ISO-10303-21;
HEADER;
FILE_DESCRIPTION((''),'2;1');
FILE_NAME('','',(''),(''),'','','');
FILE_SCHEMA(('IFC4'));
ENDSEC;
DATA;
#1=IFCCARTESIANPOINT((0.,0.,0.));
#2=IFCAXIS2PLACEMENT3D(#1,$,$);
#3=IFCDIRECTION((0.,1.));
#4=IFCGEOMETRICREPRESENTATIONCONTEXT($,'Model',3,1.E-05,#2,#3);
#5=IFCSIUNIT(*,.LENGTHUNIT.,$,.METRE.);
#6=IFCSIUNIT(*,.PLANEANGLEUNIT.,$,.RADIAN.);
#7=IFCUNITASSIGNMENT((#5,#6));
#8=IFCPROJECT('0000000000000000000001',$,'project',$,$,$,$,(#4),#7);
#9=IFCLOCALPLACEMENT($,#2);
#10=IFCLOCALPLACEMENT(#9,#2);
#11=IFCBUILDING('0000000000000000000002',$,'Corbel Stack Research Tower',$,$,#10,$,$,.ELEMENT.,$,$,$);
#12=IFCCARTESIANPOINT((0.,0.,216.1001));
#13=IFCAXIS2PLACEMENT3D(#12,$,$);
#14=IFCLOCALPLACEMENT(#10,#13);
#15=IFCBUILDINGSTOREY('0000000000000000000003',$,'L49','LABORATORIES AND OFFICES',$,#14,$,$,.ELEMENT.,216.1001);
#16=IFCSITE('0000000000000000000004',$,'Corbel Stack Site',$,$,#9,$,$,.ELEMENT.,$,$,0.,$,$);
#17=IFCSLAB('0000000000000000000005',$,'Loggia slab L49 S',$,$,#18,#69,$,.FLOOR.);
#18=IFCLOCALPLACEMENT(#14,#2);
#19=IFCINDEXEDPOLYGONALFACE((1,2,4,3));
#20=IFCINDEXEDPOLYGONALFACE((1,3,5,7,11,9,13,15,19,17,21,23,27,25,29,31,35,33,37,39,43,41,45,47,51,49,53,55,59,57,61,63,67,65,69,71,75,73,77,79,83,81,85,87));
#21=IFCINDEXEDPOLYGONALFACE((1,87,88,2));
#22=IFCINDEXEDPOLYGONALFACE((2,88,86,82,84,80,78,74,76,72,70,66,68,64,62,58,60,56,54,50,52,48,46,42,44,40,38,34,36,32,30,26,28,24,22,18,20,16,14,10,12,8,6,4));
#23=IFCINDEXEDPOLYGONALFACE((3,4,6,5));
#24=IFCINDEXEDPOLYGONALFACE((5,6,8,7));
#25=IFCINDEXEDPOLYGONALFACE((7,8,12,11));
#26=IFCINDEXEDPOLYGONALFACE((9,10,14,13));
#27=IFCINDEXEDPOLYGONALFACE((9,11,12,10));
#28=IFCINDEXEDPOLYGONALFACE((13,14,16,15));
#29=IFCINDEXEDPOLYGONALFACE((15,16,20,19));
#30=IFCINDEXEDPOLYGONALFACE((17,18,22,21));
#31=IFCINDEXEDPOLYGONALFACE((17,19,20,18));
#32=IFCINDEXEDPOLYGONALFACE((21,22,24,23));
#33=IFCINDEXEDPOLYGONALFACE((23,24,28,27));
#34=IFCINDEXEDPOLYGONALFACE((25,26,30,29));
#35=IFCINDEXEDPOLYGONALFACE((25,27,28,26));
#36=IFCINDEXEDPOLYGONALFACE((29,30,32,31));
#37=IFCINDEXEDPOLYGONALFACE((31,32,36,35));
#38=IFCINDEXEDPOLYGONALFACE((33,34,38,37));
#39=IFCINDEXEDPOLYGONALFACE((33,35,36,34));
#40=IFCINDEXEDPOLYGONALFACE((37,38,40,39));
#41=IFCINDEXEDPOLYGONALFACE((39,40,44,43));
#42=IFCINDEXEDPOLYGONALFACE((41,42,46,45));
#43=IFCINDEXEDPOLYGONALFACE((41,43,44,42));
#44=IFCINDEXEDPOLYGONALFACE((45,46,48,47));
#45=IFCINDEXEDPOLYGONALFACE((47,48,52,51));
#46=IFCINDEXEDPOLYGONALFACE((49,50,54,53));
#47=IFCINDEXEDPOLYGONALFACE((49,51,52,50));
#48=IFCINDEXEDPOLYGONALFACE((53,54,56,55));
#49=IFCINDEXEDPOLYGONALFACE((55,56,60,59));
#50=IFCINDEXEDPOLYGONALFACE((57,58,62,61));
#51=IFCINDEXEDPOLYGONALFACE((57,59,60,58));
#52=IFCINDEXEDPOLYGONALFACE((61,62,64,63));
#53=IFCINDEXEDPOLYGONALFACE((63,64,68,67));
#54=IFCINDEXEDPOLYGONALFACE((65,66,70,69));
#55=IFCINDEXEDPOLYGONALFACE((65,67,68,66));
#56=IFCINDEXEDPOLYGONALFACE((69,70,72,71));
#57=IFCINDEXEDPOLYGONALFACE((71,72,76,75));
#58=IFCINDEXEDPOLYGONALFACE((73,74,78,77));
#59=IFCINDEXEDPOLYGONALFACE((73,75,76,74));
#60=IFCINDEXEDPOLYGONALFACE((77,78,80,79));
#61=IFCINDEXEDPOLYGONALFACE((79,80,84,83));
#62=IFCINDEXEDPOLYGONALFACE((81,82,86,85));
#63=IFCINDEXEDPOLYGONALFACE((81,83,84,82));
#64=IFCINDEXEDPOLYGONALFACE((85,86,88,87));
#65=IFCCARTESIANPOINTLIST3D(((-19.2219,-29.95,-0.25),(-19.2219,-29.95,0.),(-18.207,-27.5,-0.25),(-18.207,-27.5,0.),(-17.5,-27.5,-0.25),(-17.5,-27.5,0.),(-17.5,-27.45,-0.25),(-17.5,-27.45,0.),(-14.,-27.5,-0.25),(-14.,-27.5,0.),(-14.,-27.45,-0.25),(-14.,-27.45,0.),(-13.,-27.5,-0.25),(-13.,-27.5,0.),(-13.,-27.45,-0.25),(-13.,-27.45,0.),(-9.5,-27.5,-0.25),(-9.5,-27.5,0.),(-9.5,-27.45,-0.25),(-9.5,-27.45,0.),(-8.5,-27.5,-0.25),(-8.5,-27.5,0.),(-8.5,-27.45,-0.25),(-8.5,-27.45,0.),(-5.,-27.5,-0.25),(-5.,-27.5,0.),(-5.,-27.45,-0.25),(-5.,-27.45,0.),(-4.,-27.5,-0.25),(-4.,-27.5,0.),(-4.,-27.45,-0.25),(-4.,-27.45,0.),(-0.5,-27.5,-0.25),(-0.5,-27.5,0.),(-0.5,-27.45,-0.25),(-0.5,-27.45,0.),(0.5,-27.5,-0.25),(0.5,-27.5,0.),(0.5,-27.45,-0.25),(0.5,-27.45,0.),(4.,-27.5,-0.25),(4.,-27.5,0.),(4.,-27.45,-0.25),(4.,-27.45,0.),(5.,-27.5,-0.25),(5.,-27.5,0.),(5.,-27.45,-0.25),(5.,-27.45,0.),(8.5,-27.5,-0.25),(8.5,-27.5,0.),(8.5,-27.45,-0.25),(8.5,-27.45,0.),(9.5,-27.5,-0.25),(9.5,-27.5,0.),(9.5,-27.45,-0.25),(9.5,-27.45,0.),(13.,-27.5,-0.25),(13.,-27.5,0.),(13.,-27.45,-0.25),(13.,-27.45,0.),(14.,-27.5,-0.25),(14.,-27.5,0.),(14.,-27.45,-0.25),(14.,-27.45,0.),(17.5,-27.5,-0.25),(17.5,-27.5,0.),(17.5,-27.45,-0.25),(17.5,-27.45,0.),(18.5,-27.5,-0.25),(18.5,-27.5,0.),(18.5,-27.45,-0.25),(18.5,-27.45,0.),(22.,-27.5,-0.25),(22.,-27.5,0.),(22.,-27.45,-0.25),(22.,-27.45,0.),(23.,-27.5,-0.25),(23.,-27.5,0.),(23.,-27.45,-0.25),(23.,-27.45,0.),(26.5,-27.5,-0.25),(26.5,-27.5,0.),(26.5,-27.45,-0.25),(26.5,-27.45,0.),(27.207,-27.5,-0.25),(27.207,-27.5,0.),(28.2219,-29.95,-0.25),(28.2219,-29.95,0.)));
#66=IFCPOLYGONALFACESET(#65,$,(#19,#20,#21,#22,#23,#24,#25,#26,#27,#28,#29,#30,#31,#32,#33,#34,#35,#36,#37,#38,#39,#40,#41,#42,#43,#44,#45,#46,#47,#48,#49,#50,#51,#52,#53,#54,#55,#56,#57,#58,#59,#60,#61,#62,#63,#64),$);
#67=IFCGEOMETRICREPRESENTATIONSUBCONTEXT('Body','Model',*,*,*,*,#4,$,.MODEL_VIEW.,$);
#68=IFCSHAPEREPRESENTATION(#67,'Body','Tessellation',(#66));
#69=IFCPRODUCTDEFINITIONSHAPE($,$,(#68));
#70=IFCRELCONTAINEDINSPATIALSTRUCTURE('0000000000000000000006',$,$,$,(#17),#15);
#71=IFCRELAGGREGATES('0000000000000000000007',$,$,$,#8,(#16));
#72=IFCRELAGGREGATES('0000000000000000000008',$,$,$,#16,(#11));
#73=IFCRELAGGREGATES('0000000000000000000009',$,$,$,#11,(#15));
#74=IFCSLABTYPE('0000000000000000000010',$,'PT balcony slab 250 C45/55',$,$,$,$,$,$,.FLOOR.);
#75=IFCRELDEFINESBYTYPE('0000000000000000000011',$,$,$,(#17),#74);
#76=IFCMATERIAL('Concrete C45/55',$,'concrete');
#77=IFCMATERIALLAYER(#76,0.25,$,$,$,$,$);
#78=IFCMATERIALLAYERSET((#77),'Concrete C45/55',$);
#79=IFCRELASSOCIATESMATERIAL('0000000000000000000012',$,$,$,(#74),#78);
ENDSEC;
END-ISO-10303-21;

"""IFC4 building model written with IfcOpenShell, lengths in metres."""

from ifc_helpers import new_model, si_unit, direction, frame, origin, place, context, subcontext, project, spatial, polyline, outline, extrude, material, layer, layer_set, type_object, element, save


model = new_model("IFC4")

# Units and contexts
model_context = context("Model", 3, precision=1e-05, world=origin(), true_north=direction((0.0, 1.0)))
body_context = subcontext(model_context, "Body", "Model", "MODEL_VIEW")
ifc_project = project(units=[si_unit("LENGTHUNIT", "METRE"), si_unit("PLANEANGLEUNIT", "RADIAN")], contexts=[model_context])

# Site, building, storey
site_placement = place(None, origin())
site = spatial("IfcSite", under=ifc_project, at=site_placement, Name="Corbel Stack Site", CompositionType="ELEMENT", RefElevation=0.0)
building_placement = place(site_placement, origin())
building = spatial("IfcBuilding", under=site, at=building_placement, Name="Corbel Stack Research Tower", CompositionType="ELEMENT")
storey_placement = place(building_placement, frame((0.0, 0.0, 216.1001)))
storey = spatial("IfcBuildingStorey", under=building, at=storey_placement, Name="L49", Description="LABORATORIES AND OFFICES", CompositionType="ELEMENT", Elevation=216.1001)

# Slab
ifc_material_1 = material(Name="Concrete C45/55", Category="concrete")
ifc_layer_1 = layer(ifc_material_1, 0.25)
ifc_layer_set_1 = layer_set([ifc_layer_1], Name="Concrete C45/55")
slab_type_1 = type_object("IfcSlabType", Name="PT balcony slab 250 C45/55", PredefinedType="FLOOR", material=ifc_layer_set_1)
slab_1_placement = place(storey_placement, frame((0.0, 0.0, -0.25)))
element("IfcSlab", 1, at=slab_1_placement, inside=storey, type_object=slab_type_1, Name="Loggia slab L49 S", PredefinedType="FLOOR", context=body_context, shape_type="SweptSolid", body=[
    extrude(outline(polyline([(27.207, -27.5), (26.5, -27.5), (26.5, -27.45), (23.0, -27.45), (23.0, -27.5), (22.0, -27.5), (22.0, -27.45), (18.5, -27.45), (18.5, -27.5), (17.5, -27.5), (17.5, -27.45), (14.0, -27.45), (14.0, -27.5), (13.0, -27.5), (13.0, -27.45), (9.5, -27.45), (9.5, -27.5), (8.5, -27.5), (8.5, -27.45), (5.0, -27.45), (5.0, -27.5), (4.0, -27.5), (4.0, -27.45), (0.5, -27.45), (0.5, -27.5), (-0.5, -27.5), (-0.5, -27.45), (-4.0, -27.45), (-4.0, -27.5), (-5.0, -27.5), (-5.0, -27.45), (-8.5, -27.45), (-8.5, -27.5), (-9.5, -27.5), (-9.5, -27.45), (-13.0, -27.45), (-13.0, -27.5), (-14.0, -27.5), (-14.0, -27.45), (-17.5, -27.45), (-17.5, -27.5), (-18.207, -27.5), (-19.2219, -29.95), (28.2219, -29.95), (27.207, -27.5)])), origin(), (0.0, 0.0, 1.0), 0.25),
])

save(model, "model.ifc")
